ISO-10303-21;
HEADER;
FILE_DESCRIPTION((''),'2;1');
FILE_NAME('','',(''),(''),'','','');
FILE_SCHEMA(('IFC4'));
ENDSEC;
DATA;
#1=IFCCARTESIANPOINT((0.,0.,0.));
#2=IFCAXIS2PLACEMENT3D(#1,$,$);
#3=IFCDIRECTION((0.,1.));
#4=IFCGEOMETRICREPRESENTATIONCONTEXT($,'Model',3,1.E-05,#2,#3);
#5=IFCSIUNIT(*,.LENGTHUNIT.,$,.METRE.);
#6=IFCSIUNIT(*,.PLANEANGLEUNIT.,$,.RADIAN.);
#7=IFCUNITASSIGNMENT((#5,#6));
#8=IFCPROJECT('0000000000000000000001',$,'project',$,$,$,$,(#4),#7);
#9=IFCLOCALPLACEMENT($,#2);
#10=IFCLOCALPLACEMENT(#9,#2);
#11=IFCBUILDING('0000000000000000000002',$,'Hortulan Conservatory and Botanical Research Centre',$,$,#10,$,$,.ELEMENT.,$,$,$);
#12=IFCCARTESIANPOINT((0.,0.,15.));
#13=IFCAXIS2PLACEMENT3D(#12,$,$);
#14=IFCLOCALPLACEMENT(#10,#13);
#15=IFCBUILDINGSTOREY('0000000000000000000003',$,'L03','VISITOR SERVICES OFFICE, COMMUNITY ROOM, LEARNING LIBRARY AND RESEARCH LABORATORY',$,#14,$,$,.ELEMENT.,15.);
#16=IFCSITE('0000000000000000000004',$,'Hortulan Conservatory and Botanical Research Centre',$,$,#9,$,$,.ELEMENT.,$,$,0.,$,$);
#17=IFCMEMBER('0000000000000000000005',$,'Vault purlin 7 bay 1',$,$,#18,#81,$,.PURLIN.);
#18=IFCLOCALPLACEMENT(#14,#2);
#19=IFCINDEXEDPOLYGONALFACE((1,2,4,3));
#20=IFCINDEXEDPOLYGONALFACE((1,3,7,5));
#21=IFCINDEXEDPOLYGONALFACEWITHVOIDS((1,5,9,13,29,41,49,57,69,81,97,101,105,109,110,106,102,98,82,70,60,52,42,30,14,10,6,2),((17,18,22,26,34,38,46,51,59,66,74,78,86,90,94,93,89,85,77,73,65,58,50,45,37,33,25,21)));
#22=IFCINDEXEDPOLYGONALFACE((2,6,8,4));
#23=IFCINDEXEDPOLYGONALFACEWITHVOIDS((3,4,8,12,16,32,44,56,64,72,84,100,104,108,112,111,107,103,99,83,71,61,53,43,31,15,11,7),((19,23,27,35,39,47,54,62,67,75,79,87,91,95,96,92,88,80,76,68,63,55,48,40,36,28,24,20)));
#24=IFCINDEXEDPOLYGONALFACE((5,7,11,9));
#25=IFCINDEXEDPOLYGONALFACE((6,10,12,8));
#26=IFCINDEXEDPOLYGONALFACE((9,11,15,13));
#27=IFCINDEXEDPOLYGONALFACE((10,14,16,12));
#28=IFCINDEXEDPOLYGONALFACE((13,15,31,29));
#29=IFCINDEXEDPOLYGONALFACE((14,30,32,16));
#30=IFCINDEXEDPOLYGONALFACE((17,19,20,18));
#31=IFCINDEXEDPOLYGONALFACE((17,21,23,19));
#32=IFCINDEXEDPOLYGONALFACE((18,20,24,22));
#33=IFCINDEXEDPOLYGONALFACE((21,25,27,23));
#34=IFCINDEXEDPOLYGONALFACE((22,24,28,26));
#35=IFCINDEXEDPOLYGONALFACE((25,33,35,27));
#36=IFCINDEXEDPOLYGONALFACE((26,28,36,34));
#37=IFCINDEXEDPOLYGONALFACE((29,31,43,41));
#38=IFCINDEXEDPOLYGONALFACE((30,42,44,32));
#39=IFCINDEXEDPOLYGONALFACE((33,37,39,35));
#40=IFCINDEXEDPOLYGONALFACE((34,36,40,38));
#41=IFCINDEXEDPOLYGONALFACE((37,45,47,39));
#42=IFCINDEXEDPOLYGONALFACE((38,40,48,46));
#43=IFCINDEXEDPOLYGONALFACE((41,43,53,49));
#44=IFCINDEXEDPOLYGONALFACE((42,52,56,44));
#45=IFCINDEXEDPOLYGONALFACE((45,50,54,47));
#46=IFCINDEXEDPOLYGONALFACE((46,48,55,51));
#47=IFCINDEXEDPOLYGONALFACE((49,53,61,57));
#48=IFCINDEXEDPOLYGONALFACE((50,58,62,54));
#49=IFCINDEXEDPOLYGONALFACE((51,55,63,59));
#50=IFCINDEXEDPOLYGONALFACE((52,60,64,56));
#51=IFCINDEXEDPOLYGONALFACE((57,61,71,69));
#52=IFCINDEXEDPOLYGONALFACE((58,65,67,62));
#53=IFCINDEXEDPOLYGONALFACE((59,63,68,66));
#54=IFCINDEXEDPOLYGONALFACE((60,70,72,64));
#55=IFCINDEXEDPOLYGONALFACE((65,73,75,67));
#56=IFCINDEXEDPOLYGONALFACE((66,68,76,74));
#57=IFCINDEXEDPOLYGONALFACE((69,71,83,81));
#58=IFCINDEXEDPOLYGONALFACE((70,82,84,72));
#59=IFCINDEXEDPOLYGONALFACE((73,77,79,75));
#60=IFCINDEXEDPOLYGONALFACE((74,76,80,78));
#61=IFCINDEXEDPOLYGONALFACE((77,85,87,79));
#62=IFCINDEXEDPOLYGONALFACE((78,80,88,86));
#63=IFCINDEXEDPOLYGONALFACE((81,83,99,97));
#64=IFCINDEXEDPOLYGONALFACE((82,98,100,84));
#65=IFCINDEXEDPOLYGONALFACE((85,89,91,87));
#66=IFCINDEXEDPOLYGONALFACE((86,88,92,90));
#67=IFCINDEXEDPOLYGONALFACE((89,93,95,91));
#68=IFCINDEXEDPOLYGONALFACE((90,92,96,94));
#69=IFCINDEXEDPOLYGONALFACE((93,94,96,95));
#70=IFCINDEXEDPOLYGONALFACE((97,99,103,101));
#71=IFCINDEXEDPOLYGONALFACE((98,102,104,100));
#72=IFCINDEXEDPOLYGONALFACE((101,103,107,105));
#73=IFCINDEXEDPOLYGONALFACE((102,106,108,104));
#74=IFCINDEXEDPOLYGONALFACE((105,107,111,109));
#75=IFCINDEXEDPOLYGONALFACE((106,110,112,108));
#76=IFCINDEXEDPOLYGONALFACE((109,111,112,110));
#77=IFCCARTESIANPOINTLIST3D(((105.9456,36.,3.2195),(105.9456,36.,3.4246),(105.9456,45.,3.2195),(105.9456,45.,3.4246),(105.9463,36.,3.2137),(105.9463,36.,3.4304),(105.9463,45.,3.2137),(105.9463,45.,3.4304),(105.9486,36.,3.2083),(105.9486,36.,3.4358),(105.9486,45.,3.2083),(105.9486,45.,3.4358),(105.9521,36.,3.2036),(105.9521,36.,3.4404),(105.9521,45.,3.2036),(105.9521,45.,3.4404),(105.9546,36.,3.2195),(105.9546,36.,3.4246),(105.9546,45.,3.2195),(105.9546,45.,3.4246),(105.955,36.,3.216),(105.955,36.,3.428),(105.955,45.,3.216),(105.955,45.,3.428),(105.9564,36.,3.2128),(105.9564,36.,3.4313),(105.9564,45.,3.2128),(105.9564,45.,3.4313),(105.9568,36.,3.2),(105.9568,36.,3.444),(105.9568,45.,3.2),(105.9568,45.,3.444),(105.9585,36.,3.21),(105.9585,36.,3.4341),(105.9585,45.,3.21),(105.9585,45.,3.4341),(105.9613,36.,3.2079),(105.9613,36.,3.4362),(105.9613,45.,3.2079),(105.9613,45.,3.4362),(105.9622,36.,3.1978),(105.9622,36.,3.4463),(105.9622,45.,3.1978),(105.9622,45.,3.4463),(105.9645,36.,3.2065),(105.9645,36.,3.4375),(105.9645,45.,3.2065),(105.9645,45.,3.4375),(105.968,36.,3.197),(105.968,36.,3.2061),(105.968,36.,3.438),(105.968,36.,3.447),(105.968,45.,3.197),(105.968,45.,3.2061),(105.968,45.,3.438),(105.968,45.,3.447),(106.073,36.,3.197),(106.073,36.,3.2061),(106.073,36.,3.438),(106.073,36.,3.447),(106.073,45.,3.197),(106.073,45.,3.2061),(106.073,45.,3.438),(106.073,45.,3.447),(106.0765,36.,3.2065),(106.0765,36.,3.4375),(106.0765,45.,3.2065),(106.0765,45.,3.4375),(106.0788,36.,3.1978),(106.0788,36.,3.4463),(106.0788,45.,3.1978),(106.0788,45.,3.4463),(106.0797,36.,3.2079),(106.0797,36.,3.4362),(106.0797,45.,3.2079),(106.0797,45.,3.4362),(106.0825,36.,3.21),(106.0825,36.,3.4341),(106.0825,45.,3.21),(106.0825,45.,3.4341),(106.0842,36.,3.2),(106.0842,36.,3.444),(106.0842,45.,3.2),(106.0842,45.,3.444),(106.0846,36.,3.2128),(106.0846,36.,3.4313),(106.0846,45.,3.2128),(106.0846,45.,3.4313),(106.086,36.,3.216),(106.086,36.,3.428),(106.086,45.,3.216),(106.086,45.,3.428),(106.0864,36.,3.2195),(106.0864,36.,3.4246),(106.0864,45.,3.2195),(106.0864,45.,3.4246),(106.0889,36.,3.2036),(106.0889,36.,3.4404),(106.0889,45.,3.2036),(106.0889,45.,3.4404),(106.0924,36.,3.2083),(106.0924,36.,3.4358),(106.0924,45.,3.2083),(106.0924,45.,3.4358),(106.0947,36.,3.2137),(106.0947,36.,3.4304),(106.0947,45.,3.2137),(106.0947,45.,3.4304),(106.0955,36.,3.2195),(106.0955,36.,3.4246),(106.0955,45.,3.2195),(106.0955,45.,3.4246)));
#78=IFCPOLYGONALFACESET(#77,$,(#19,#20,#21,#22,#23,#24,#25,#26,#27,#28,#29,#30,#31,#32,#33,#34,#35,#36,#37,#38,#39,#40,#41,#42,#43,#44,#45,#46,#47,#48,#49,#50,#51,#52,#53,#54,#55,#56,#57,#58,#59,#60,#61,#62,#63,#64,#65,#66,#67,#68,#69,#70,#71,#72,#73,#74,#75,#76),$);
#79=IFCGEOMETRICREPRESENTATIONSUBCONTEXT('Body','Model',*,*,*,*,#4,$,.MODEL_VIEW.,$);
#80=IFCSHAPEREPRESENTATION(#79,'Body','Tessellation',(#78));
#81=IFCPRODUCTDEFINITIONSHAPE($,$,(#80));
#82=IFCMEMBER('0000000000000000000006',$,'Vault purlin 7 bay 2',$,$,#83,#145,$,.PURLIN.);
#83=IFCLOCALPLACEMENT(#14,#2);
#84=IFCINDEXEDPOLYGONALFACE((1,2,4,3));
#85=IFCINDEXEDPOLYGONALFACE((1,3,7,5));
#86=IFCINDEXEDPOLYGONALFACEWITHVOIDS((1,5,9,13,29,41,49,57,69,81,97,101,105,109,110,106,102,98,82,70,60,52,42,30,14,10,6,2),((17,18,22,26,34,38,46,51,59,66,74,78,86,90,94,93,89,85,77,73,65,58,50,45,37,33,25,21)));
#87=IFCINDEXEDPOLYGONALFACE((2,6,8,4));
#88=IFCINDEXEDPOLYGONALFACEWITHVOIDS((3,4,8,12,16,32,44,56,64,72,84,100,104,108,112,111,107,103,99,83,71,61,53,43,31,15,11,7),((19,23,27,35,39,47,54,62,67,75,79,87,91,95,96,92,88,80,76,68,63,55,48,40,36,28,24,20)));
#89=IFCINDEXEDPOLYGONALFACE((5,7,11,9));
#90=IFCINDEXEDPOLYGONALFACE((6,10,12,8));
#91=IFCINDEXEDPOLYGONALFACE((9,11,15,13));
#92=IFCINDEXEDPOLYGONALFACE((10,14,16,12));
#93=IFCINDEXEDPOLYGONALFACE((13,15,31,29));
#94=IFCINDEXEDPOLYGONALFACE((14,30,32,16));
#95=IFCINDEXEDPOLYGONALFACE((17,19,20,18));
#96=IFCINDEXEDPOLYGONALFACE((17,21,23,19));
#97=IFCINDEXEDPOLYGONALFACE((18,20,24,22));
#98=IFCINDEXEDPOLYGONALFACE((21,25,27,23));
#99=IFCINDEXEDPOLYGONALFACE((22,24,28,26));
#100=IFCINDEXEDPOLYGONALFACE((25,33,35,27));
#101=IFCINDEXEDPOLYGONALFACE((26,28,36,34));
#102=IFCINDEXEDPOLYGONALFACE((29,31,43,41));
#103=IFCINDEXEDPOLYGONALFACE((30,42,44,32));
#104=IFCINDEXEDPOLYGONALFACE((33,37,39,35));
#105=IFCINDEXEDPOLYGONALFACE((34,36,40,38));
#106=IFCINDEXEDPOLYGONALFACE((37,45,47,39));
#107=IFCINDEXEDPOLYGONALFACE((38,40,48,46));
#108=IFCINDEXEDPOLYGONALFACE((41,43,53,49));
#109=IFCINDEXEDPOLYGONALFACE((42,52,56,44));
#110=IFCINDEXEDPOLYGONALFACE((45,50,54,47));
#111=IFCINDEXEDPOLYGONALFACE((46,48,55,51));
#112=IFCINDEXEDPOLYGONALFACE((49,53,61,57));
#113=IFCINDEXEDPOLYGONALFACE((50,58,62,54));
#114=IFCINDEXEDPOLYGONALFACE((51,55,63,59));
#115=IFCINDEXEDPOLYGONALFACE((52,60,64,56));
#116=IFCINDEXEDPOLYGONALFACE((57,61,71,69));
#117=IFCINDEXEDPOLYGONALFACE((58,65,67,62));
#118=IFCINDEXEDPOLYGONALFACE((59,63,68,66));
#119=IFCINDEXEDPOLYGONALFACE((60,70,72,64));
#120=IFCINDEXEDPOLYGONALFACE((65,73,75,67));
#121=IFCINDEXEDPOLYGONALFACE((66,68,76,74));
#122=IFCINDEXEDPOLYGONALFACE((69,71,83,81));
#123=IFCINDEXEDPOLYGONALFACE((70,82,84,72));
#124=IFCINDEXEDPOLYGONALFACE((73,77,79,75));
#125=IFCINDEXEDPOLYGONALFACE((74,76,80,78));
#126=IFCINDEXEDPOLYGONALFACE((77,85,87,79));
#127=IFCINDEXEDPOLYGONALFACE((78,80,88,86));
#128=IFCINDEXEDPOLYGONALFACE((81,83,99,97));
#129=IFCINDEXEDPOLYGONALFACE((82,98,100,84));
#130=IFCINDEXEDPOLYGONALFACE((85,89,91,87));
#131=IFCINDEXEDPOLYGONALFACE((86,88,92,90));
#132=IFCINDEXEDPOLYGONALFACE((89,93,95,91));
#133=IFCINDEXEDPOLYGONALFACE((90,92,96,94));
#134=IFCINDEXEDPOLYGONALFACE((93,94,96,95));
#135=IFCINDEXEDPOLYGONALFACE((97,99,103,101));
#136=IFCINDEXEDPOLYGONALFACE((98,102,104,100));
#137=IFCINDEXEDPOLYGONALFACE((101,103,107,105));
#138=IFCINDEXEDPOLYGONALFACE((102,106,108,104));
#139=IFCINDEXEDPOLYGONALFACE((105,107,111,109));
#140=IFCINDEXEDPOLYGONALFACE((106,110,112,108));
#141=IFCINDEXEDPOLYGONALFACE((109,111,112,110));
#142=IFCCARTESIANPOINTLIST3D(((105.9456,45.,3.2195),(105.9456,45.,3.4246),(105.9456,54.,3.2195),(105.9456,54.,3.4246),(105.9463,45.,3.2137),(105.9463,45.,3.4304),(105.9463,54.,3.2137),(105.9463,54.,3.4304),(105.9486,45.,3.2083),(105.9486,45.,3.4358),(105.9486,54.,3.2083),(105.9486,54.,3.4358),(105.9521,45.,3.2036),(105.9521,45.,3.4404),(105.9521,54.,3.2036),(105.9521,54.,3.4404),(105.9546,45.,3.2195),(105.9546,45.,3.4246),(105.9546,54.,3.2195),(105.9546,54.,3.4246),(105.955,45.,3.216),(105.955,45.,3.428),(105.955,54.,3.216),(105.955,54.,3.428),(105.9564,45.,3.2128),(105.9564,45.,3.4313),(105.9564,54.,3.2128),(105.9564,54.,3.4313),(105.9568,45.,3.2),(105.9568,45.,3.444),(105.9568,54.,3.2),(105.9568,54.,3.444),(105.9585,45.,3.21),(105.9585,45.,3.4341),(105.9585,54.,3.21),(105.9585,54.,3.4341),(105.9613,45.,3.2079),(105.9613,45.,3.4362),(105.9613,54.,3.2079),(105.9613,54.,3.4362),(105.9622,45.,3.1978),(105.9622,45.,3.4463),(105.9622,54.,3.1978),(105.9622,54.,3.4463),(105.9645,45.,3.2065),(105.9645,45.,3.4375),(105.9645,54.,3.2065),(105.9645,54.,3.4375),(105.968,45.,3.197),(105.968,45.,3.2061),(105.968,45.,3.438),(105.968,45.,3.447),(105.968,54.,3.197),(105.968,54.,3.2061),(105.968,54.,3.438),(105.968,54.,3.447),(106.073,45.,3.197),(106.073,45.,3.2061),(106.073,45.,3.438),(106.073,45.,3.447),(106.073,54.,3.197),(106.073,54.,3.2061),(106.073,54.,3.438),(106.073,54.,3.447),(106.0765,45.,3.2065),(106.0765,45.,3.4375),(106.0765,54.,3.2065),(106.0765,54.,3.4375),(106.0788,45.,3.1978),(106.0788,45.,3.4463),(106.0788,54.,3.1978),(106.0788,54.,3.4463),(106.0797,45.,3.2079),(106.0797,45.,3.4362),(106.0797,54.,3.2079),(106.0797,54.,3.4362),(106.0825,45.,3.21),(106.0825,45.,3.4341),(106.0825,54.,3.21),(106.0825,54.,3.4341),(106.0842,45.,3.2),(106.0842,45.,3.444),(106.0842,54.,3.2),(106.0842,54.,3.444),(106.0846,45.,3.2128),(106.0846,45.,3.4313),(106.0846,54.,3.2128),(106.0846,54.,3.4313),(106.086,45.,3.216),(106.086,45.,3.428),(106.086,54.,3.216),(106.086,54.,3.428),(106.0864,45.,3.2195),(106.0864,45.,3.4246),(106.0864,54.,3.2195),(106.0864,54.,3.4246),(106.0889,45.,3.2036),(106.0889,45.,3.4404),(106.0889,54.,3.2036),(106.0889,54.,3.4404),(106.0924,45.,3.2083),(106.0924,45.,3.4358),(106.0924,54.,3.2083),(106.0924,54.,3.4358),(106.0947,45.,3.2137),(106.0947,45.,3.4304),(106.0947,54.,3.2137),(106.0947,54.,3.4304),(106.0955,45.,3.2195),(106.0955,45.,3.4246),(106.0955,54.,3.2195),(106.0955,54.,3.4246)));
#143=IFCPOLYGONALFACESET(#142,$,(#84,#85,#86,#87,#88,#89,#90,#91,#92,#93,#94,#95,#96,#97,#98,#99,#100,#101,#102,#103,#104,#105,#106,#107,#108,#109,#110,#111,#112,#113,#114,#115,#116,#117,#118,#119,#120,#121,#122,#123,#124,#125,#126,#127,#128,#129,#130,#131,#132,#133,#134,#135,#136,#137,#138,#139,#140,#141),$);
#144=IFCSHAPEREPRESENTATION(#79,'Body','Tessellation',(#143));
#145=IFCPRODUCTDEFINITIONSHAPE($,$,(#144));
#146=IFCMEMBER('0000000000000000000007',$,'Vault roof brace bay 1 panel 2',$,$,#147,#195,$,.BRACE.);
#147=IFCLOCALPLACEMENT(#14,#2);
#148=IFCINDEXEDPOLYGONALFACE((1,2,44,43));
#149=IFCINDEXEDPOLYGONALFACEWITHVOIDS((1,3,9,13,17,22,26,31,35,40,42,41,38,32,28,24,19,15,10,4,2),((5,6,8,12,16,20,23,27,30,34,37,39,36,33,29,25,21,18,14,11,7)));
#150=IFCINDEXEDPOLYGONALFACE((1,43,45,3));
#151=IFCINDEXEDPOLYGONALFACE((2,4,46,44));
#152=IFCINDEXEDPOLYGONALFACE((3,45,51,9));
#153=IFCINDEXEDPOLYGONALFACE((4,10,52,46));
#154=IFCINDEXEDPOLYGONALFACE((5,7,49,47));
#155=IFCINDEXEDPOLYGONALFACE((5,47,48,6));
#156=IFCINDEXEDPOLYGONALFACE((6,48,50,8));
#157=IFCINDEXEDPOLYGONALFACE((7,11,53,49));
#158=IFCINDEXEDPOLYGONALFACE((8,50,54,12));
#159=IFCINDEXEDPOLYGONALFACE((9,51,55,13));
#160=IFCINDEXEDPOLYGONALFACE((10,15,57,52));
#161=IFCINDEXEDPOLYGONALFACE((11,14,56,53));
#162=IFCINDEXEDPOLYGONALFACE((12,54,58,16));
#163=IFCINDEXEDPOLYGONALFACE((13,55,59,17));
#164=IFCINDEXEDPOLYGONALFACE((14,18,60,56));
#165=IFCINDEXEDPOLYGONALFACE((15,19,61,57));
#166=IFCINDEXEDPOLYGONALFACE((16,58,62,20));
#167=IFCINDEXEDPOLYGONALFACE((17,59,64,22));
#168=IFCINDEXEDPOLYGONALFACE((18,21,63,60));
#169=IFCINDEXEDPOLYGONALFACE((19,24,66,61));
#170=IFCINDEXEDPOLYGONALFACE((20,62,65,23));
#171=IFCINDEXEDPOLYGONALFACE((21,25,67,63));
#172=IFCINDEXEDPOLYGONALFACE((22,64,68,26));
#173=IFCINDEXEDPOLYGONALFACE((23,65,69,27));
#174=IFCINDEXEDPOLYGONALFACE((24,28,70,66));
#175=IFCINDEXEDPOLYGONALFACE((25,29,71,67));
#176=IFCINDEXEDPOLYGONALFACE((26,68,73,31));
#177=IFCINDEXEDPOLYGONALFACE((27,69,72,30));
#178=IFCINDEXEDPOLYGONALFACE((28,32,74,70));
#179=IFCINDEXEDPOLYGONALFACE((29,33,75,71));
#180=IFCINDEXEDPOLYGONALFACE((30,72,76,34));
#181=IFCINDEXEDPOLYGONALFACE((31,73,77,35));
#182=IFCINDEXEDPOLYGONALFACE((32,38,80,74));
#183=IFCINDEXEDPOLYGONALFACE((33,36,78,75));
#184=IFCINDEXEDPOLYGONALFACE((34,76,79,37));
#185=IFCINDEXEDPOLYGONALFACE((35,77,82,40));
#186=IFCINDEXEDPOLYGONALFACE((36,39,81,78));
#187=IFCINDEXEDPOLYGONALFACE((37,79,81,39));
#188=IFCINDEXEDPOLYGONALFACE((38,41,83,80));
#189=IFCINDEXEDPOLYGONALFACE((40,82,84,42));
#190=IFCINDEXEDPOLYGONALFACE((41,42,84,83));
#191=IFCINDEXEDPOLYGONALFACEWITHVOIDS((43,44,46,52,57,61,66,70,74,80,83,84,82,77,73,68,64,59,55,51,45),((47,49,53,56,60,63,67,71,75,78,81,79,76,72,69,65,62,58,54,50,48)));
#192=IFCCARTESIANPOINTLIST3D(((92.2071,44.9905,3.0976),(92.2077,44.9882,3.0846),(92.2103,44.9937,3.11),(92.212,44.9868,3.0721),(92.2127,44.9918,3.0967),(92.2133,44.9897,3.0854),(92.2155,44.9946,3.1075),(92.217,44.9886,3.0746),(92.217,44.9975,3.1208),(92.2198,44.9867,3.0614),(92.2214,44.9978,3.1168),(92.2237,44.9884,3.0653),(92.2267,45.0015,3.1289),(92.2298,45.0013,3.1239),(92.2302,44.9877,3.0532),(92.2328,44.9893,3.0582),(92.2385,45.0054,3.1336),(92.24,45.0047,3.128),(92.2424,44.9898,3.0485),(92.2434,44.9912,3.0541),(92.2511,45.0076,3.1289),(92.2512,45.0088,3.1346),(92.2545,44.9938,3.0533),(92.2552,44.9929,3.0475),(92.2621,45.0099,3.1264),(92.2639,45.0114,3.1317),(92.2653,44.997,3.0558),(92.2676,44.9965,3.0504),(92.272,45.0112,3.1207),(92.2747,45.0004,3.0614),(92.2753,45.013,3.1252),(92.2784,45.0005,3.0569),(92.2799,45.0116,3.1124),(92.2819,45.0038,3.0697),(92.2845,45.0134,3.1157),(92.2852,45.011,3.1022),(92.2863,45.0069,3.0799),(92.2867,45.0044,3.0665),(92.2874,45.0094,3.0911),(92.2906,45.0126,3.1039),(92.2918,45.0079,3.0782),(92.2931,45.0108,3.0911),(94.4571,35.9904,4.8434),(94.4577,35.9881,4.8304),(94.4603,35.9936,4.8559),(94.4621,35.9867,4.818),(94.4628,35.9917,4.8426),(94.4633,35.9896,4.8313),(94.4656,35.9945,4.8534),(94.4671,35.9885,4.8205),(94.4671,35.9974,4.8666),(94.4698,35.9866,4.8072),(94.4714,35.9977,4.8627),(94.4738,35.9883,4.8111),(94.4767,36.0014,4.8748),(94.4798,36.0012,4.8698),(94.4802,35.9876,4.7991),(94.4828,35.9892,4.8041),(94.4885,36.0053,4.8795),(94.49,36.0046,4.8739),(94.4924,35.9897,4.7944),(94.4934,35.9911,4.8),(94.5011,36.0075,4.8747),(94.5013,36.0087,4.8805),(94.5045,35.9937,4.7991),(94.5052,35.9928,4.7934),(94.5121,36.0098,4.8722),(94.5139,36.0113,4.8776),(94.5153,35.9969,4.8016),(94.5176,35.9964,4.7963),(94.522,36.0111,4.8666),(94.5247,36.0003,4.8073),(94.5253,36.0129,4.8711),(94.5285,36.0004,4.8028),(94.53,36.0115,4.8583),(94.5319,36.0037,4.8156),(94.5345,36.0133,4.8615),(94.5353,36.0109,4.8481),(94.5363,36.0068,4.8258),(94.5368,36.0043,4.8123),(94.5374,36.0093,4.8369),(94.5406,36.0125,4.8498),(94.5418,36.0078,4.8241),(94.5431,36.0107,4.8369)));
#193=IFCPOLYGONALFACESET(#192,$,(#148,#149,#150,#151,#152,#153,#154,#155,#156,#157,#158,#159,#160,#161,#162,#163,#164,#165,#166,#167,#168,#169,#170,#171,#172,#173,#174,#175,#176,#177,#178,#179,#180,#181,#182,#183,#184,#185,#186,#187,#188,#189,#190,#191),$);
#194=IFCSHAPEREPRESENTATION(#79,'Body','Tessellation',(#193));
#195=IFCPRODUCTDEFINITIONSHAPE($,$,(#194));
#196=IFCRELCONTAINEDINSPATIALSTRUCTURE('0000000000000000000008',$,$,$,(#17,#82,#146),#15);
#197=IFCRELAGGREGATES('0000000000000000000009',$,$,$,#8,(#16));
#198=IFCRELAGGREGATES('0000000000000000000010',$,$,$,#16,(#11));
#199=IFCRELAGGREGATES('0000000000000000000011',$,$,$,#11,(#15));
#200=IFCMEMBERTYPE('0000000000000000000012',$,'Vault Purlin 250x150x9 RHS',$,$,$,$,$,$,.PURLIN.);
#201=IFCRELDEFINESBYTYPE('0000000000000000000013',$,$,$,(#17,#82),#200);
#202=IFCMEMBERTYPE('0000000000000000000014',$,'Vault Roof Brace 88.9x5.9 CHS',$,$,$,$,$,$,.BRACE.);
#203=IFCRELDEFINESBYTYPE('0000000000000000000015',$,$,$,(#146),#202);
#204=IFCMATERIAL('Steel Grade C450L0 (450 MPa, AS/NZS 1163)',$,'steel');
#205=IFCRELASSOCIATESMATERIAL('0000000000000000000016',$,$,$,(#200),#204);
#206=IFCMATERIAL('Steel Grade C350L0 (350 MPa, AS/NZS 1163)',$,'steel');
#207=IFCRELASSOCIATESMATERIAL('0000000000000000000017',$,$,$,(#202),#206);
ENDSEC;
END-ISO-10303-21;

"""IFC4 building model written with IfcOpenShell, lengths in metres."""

from ifc_helpers import new_model, si_unit, direction, frame, origin, origin_2d, place, context, subcontext, project, spatial, hollow_rectangle, hollow_circle, extrude, material, material_profile, profile_set, type_object, element, save


model = new_model("IFC4")

# Units and contexts
model_context = context("Model", 3, precision=1e-05, world=origin(), true_north=direction((0.0, 1.0)))
body_context = subcontext(model_context, "Body", "Model", "MODEL_VIEW")
ifc_project = project(units=[si_unit("LENGTHUNIT", "METRE"), si_unit("PLANEANGLEUNIT", "RADIAN")], contexts=[model_context])

# Site, building, storey
site_placement = place(None, origin())
site = spatial("IfcSite", under=ifc_project, at=site_placement, Name="Hortulan Conservatory and Botanical Research Centre", CompositionType="ELEMENT", RefElevation=0.0)
building_placement = place(site_placement, origin())
building = spatial("IfcBuilding", under=site, at=building_placement, Name="Hortulan Conservatory and Botanical Research Centre", CompositionType="ELEMENT")
storey_placement = place(building_placement, frame((0.0, 0.0, 15.0)))
storey = spatial("IfcBuildingStorey", under=building, at=storey_placement, Name="L03", Description="VISITOR SERVICES OFFICE, COMMUNITY ROOM, LEARNING LIBRARY AND RESEARCH LABORATORY", CompositionType="ELEMENT", Elevation=15.0)

# Members
ifc_material_1 = material(Name="Steel Grade C450L0 (450 MPa, AS/NZS 1163)", Category="steel")
ifc_material_profile_1 = material_profile(ifc_material_1, hollow_rectangle(XDim=0.1499, YDim=0.25, WallThickness=0.009, InnerFilletRadius=0.0134, OuterFilletRadius=0.0225, at=origin_2d()), Name="250x150x9RHS")
ifc_profile_set_1 = profile_set([ifc_material_profile_1], Name="Steel Grade C450L0 (450 MPa, AS/NZS 1163)")
member_type_1 = type_object("IfcMemberType", Name="Vault Purlin 250x150x9 RHS", PredefinedType="PURLIN", material=ifc_profile_set_1)
for number, where, z_axis, x_axis, name in (
    (1, (106.0205, 36.0, 3.322), (0.0, 1.0, 0.0), (-1.0, 0.0, 0.0), "Vault purlin 7 bay 1"),
    (2, (106.0205, 45.0, 3.322), (0.0, 1.0, 0.0), (-1.0, 0.0, 0.0), "Vault purlin 7 bay 2"),
):
    element("IfcMember", number, at=place(storey_placement, frame(where, z_axis=z_axis, x_axis=x_axis)), inside=storey, type_object=member_type_1, Name=name, PredefinedType="PURLIN", context=body_context, shape_type="SweptSolid", body=[
        extrude(hollow_rectangle(XDim=0.1499, YDim=0.25, WallThickness=0.009, InnerFilletRadius=0.0134, OuterFilletRadius=0.0225, at=origin_2d()), origin(), (0.0, 0.0, 1.0), 9.0),
    ])
ifc_material_2 = material(Name="Steel Grade C350L0 (350 MPa, AS/NZS 1163)", Category="steel")
ifc_material_profile_2 = material_profile(ifc_material_2, hollow_circle(Radius=0.0444, WallThickness=0.0059, at=origin_2d()), Name="88.9x5.9CHS")
ifc_profile_set_2 = profile_set([ifc_material_profile_2], Name="Steel Grade C350L0 (350 MPa, AS/NZS 1163)")
member_type_2 = type_object("IfcMemberType", Name="Vault Roof Brace 88.9x5.9 CHS", PredefinedType="BRACE", material=ifc_profile_set_2)
for number, where, z_axis, x_axis, name in (
    (3, (92.25, 45.0, 3.0911), (0.238352, -0.953406, 0.184945), (0.970143, 0.242536, 0.0), "Vault roof brace bay 1 panel 2"),
):
    element("IfcMember", number, at=place(storey_placement, frame(where, z_axis=z_axis, x_axis=x_axis)), inside=storey, type_object=member_type_2, Name=name, PredefinedType="BRACE", context=body_context, shape_type="SweptSolid", body=[
        extrude(hollow_circle(Radius=0.0444, WallThickness=0.0059, at=origin_2d()), origin(), (0.0, 0.0, 1.0), 9.4399),
    ])

save(model, "model.ifc")
